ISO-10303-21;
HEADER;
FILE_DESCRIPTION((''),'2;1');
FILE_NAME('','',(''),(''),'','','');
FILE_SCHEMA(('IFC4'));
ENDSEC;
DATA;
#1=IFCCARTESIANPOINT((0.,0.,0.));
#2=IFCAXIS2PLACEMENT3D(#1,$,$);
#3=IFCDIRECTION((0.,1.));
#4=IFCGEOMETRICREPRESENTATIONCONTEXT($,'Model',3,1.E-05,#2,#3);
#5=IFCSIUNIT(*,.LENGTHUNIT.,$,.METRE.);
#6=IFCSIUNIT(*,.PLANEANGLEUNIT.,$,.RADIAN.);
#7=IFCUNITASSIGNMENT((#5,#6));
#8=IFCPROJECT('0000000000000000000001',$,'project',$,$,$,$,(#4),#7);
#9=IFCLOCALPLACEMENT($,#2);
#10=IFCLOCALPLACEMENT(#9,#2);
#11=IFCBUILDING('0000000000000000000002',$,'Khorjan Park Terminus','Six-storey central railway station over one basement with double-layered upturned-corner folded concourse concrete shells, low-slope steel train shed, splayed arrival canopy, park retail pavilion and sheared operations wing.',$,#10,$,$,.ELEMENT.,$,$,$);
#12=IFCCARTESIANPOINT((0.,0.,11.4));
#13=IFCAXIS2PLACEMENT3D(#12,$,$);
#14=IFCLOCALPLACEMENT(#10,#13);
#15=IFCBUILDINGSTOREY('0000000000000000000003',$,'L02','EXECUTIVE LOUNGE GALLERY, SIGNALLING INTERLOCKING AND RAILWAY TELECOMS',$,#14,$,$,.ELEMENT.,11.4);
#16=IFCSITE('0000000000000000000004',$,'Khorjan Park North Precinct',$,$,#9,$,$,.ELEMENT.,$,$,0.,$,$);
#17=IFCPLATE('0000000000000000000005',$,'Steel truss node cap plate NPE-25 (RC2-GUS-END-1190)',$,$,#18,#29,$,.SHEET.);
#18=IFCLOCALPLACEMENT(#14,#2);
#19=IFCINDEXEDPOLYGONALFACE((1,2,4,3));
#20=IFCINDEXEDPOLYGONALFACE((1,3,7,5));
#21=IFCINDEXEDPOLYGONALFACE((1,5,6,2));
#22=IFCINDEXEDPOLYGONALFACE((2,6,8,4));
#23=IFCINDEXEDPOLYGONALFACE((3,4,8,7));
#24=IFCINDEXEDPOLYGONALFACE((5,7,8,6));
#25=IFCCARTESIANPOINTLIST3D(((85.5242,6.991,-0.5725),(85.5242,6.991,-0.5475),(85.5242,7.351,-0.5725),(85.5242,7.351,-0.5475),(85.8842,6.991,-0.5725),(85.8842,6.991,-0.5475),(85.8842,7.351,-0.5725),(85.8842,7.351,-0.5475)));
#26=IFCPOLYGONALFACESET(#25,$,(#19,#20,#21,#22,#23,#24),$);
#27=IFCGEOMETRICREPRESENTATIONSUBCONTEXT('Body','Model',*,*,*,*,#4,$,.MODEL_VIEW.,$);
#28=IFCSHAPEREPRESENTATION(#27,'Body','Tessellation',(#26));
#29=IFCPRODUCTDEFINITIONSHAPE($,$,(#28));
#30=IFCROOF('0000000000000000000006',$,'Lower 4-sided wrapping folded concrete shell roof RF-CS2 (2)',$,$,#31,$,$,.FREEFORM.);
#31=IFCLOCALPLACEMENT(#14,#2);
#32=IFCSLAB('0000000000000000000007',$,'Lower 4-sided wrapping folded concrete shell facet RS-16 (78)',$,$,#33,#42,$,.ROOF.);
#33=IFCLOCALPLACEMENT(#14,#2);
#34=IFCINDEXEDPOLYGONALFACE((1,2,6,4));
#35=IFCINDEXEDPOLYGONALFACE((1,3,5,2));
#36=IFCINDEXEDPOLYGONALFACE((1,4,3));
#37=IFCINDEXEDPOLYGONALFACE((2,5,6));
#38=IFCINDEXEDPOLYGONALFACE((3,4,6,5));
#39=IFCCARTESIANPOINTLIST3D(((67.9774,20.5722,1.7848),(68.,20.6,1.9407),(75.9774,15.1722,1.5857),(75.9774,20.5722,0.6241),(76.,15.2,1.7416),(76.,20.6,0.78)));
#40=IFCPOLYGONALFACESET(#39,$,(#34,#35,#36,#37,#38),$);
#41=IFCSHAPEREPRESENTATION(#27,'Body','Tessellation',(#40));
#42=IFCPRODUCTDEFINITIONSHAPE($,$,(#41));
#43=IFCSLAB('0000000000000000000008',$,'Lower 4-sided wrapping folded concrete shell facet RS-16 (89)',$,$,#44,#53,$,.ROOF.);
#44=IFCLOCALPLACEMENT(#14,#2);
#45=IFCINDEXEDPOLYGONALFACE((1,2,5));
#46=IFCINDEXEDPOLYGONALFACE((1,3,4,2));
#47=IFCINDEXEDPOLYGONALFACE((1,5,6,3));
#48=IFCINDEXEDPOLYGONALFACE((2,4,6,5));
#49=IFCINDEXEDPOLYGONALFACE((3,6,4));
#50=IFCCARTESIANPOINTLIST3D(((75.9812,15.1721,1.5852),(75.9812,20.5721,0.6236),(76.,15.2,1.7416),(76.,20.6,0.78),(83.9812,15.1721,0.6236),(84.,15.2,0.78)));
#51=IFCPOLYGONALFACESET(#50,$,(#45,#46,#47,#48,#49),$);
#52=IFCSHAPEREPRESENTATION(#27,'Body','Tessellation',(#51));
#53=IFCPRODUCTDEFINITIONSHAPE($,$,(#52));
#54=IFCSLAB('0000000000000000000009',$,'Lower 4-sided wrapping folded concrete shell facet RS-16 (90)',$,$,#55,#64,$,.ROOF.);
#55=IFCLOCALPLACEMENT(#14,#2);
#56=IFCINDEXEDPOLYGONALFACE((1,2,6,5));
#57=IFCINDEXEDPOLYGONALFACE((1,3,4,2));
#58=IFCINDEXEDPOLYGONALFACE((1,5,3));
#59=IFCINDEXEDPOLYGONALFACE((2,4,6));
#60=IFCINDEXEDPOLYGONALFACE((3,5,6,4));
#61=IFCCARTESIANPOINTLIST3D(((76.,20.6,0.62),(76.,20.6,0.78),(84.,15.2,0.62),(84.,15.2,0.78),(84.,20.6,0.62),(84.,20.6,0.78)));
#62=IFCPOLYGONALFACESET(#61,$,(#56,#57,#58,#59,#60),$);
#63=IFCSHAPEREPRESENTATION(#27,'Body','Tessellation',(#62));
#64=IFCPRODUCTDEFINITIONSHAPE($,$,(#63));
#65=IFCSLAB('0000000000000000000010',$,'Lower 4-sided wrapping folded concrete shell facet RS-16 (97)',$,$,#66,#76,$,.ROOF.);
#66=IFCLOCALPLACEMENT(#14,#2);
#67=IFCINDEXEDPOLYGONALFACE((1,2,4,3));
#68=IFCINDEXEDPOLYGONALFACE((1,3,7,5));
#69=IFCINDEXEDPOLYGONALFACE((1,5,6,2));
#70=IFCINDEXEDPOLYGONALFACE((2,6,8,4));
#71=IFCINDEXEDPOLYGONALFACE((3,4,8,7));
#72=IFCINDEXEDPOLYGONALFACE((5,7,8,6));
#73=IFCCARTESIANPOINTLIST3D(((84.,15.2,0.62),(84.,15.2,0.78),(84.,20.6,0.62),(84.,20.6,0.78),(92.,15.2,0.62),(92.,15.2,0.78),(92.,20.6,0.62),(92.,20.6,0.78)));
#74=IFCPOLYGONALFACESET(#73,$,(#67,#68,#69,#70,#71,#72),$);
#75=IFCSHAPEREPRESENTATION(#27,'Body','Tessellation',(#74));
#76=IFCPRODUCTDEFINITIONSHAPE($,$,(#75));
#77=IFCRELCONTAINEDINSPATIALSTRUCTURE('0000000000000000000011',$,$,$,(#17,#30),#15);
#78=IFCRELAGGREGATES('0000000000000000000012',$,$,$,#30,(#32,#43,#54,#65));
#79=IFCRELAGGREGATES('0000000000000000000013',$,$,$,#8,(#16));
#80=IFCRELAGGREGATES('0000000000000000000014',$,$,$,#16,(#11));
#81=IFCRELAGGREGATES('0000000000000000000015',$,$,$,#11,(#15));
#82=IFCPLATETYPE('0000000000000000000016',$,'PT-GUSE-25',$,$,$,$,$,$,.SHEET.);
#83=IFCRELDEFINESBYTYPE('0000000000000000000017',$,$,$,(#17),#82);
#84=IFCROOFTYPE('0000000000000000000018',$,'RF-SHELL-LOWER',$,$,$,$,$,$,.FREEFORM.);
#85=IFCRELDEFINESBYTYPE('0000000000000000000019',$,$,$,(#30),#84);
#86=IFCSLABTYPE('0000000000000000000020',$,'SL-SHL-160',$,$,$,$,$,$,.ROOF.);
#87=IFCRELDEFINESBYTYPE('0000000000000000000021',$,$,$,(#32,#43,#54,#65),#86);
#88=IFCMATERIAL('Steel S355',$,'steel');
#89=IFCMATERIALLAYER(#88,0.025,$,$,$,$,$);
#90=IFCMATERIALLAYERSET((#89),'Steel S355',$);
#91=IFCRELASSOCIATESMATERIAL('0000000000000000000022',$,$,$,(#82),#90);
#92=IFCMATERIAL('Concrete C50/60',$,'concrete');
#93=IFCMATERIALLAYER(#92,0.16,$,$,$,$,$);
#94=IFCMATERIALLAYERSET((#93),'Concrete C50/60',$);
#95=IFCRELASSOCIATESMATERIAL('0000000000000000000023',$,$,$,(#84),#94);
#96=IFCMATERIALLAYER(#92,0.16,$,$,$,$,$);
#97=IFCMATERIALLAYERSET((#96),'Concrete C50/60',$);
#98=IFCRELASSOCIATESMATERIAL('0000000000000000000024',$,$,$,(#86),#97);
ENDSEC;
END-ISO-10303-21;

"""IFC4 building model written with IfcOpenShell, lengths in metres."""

from ifc_helpers import new_model, si_unit, direction, frame, origin, origin_2d, place, context, subcontext, project, spatial, polyline, rectangle, outline, extrude, material, layer, layer_set, type_object, element, aggregate, save


model = new_model("IFC4")

# Units and contexts
model_context = context("Model", 3, precision=1e-05, world=origin(), true_north=direction((0.0, 1.0)))
body_context = subcontext(model_context, "Body", "Model", "MODEL_VIEW")
ifc_project = project(units=[si_unit("LENGTHUNIT", "METRE"), si_unit("PLANEANGLEUNIT", "RADIAN")], contexts=[model_context])

# Site, building, storey
site_placement = place(None, origin())
site = spatial("IfcSite", under=ifc_project, at=site_placement, Name="Khorjan Park North Precinct", CompositionType="ELEMENT", RefElevation=0.0)
building_placement = place(site_placement, origin())
building = spatial("IfcBuilding", under=site, at=building_placement, Name="Khorjan Park Terminus", Description="Six-storey central railway station over one basement with double-layered upturned-corner folded concourse concrete shells, low-slope steel train shed, splayed arrival canopy, park retail pavilion and sheared operations wing.", CompositionType="ELEMENT")
storey_placement = place(building_placement, frame((0.0, 0.0, 11.4)))
storey = spatial("IfcBuildingStorey", under=building, at=storey_placement, Name="L02", Description="EXECUTIVE LOUNGE GALLERY, SIGNALLING INTERLOCKING AND RAILWAY TELECOMS", CompositionType="ELEMENT", Elevation=11.4)

# Shared definitions
ifc_material_1 = material(Name="Steel S355", Category="steel")

# Plate
ifc_layer_1 = layer(ifc_material_1, 0.025)
ifc_layer_set_1 = layer_set([ifc_layer_1], Name="Steel S355")
plate_type_1 = type_object("IfcPlateType", Name="PT-GUSE-25", PredefinedType="SHEET", material=ifc_layer_set_1)
plate_1_placement = place(storey_placement, frame((85.7042, 7.171, -0.5725), z_axis=(0.0, 0.0, 1.0), x_axis=(1.0, 0.0, 0.0)))
element("IfcPlate", 1, at=plate_1_placement, inside=storey, type_object=plate_type_1, Name="Steel truss node cap plate NPE-25 (RC2-GUS-END-1190)", PredefinedType="SHEET", context=body_context, shape_type="SweptSolid", body=[
    extrude(rectangle(XDim=0.36, YDim=0.36, at=origin_2d()), origin(), (0.0, 0.0, 1.0), 0.025),
])

# Roof, slabs
ifc_material_2 = material(Name="Concrete C50/60", Category="concrete")
ifc_layer_2 = layer(ifc_material_2, 0.16)
ifc_layer_set_2 = layer_set([ifc_layer_2], Name="Concrete C50/60")
roof_type = type_object("IfcRoofType", Name="RF-SHELL-LOWER", PredefinedType="FREEFORM", material=ifc_layer_set_2)
roof_placement = place(storey_placement, origin())
roof = element("IfcRoof", 2, at=roof_placement, inside=storey, type_object=roof_type, Name="Lower 4-sided wrapping folded concrete shell roof RF-CS2 (2)", PredefinedType="FREEFORM")
ifc_layer_3 = layer(ifc_material_2, 0.16)
ifc_layer_set_3 = layer_set([ifc_layer_3], Name="Concrete C50/60")
slab_type = type_object("IfcSlabType", Name="SL-SHL-160", PredefinedType="ROOF", material=ifc_layer_set_3)
slab_1_placement = place(storey_placement, frame((76.0, 15.2, 1.7416), z_axis=(0.141405, 0.173554, 0.97462), x_axis=(0.0, 0.984512, -0.175316)))
slab_1 = element("IfcSlab", 3, at=slab_1_placement, type_object=slab_type, Name="Lower 4-sided wrapping folded concrete shell facet RS-16 (78)", PredefinedType="ROOF", context=body_context, shape_type="SweptSolid", body=[
    extrude(outline(polyline([(0.0, 0.0), (5.4849, 0.0), (5.2815, 8.0812), (0.0, 0.0)])), origin(), (0.0, 0.0, -1.0), 0.16),
])
slab_2_placement = place(storey_placement, frame((76.0, 15.2, 1.7416), z_axis=(0.117518, 0.174101, 0.97769), x_axis=(0.992853, 0.0, -0.119341)))
slab_2 = element("IfcSlab", 4, at=slab_2_placement, type_object=slab_type, Name="Lower 4-sided wrapping folded concrete shell facet RS-16 (89)", PredefinedType="ROOF", context=body_context, shape_type="SweptSolid", body=[
    extrude(outline(polyline([(0.0, 0.0), (8.0576, 0.0), (0.1148, 5.4837), (0.0, 0.0)])), origin(), (0.0, 0.0, -1.0), 0.16),
])
slab_3_placement = place(storey_placement, frame((84.0, 15.2, 0.78), z_axis=(0.0, 0.0, 1.0), x_axis=(0.0, 1.0, 0.0)))
slab_3 = element("IfcSlab", 5, at=slab_3_placement, type_object=slab_type, Name="Lower 4-sided wrapping folded concrete shell facet RS-16 (90)", PredefinedType="ROOF", context=body_context, shape_type="SweptSolid", body=[
    extrude(outline(polyline([(0.0, 0.0), (5.4, 0.0), (5.4, 8.0), (0.0, 0.0)])), origin(), (0.0, 0.0, -1.0), 0.16),
])
slab_4_placement = place(storey_placement, frame((84.0, 15.2, 0.78), z_axis=(0.0, 0.0, 1.0), x_axis=(1.0, 0.0, 0.0)))
slab_4 = element("IfcSlab", 6, at=slab_4_placement, type_object=slab_type, Name="Lower 4-sided wrapping folded concrete shell facet RS-16 (97)", PredefinedType="ROOF", context=body_context, shape_type="SweptSolid", body=[
    extrude(outline(polyline([(0.0, 0.0), (8.0, 0.0), (8.0, 5.4), (0.0, 5.4), (0.0, 0.0)])), origin(), (0.0, 0.0, -1.0), 0.16),
])
aggregate(roof, [slab_1, slab_2, slab_3, slab_4])

save(model, "model.ifc")
